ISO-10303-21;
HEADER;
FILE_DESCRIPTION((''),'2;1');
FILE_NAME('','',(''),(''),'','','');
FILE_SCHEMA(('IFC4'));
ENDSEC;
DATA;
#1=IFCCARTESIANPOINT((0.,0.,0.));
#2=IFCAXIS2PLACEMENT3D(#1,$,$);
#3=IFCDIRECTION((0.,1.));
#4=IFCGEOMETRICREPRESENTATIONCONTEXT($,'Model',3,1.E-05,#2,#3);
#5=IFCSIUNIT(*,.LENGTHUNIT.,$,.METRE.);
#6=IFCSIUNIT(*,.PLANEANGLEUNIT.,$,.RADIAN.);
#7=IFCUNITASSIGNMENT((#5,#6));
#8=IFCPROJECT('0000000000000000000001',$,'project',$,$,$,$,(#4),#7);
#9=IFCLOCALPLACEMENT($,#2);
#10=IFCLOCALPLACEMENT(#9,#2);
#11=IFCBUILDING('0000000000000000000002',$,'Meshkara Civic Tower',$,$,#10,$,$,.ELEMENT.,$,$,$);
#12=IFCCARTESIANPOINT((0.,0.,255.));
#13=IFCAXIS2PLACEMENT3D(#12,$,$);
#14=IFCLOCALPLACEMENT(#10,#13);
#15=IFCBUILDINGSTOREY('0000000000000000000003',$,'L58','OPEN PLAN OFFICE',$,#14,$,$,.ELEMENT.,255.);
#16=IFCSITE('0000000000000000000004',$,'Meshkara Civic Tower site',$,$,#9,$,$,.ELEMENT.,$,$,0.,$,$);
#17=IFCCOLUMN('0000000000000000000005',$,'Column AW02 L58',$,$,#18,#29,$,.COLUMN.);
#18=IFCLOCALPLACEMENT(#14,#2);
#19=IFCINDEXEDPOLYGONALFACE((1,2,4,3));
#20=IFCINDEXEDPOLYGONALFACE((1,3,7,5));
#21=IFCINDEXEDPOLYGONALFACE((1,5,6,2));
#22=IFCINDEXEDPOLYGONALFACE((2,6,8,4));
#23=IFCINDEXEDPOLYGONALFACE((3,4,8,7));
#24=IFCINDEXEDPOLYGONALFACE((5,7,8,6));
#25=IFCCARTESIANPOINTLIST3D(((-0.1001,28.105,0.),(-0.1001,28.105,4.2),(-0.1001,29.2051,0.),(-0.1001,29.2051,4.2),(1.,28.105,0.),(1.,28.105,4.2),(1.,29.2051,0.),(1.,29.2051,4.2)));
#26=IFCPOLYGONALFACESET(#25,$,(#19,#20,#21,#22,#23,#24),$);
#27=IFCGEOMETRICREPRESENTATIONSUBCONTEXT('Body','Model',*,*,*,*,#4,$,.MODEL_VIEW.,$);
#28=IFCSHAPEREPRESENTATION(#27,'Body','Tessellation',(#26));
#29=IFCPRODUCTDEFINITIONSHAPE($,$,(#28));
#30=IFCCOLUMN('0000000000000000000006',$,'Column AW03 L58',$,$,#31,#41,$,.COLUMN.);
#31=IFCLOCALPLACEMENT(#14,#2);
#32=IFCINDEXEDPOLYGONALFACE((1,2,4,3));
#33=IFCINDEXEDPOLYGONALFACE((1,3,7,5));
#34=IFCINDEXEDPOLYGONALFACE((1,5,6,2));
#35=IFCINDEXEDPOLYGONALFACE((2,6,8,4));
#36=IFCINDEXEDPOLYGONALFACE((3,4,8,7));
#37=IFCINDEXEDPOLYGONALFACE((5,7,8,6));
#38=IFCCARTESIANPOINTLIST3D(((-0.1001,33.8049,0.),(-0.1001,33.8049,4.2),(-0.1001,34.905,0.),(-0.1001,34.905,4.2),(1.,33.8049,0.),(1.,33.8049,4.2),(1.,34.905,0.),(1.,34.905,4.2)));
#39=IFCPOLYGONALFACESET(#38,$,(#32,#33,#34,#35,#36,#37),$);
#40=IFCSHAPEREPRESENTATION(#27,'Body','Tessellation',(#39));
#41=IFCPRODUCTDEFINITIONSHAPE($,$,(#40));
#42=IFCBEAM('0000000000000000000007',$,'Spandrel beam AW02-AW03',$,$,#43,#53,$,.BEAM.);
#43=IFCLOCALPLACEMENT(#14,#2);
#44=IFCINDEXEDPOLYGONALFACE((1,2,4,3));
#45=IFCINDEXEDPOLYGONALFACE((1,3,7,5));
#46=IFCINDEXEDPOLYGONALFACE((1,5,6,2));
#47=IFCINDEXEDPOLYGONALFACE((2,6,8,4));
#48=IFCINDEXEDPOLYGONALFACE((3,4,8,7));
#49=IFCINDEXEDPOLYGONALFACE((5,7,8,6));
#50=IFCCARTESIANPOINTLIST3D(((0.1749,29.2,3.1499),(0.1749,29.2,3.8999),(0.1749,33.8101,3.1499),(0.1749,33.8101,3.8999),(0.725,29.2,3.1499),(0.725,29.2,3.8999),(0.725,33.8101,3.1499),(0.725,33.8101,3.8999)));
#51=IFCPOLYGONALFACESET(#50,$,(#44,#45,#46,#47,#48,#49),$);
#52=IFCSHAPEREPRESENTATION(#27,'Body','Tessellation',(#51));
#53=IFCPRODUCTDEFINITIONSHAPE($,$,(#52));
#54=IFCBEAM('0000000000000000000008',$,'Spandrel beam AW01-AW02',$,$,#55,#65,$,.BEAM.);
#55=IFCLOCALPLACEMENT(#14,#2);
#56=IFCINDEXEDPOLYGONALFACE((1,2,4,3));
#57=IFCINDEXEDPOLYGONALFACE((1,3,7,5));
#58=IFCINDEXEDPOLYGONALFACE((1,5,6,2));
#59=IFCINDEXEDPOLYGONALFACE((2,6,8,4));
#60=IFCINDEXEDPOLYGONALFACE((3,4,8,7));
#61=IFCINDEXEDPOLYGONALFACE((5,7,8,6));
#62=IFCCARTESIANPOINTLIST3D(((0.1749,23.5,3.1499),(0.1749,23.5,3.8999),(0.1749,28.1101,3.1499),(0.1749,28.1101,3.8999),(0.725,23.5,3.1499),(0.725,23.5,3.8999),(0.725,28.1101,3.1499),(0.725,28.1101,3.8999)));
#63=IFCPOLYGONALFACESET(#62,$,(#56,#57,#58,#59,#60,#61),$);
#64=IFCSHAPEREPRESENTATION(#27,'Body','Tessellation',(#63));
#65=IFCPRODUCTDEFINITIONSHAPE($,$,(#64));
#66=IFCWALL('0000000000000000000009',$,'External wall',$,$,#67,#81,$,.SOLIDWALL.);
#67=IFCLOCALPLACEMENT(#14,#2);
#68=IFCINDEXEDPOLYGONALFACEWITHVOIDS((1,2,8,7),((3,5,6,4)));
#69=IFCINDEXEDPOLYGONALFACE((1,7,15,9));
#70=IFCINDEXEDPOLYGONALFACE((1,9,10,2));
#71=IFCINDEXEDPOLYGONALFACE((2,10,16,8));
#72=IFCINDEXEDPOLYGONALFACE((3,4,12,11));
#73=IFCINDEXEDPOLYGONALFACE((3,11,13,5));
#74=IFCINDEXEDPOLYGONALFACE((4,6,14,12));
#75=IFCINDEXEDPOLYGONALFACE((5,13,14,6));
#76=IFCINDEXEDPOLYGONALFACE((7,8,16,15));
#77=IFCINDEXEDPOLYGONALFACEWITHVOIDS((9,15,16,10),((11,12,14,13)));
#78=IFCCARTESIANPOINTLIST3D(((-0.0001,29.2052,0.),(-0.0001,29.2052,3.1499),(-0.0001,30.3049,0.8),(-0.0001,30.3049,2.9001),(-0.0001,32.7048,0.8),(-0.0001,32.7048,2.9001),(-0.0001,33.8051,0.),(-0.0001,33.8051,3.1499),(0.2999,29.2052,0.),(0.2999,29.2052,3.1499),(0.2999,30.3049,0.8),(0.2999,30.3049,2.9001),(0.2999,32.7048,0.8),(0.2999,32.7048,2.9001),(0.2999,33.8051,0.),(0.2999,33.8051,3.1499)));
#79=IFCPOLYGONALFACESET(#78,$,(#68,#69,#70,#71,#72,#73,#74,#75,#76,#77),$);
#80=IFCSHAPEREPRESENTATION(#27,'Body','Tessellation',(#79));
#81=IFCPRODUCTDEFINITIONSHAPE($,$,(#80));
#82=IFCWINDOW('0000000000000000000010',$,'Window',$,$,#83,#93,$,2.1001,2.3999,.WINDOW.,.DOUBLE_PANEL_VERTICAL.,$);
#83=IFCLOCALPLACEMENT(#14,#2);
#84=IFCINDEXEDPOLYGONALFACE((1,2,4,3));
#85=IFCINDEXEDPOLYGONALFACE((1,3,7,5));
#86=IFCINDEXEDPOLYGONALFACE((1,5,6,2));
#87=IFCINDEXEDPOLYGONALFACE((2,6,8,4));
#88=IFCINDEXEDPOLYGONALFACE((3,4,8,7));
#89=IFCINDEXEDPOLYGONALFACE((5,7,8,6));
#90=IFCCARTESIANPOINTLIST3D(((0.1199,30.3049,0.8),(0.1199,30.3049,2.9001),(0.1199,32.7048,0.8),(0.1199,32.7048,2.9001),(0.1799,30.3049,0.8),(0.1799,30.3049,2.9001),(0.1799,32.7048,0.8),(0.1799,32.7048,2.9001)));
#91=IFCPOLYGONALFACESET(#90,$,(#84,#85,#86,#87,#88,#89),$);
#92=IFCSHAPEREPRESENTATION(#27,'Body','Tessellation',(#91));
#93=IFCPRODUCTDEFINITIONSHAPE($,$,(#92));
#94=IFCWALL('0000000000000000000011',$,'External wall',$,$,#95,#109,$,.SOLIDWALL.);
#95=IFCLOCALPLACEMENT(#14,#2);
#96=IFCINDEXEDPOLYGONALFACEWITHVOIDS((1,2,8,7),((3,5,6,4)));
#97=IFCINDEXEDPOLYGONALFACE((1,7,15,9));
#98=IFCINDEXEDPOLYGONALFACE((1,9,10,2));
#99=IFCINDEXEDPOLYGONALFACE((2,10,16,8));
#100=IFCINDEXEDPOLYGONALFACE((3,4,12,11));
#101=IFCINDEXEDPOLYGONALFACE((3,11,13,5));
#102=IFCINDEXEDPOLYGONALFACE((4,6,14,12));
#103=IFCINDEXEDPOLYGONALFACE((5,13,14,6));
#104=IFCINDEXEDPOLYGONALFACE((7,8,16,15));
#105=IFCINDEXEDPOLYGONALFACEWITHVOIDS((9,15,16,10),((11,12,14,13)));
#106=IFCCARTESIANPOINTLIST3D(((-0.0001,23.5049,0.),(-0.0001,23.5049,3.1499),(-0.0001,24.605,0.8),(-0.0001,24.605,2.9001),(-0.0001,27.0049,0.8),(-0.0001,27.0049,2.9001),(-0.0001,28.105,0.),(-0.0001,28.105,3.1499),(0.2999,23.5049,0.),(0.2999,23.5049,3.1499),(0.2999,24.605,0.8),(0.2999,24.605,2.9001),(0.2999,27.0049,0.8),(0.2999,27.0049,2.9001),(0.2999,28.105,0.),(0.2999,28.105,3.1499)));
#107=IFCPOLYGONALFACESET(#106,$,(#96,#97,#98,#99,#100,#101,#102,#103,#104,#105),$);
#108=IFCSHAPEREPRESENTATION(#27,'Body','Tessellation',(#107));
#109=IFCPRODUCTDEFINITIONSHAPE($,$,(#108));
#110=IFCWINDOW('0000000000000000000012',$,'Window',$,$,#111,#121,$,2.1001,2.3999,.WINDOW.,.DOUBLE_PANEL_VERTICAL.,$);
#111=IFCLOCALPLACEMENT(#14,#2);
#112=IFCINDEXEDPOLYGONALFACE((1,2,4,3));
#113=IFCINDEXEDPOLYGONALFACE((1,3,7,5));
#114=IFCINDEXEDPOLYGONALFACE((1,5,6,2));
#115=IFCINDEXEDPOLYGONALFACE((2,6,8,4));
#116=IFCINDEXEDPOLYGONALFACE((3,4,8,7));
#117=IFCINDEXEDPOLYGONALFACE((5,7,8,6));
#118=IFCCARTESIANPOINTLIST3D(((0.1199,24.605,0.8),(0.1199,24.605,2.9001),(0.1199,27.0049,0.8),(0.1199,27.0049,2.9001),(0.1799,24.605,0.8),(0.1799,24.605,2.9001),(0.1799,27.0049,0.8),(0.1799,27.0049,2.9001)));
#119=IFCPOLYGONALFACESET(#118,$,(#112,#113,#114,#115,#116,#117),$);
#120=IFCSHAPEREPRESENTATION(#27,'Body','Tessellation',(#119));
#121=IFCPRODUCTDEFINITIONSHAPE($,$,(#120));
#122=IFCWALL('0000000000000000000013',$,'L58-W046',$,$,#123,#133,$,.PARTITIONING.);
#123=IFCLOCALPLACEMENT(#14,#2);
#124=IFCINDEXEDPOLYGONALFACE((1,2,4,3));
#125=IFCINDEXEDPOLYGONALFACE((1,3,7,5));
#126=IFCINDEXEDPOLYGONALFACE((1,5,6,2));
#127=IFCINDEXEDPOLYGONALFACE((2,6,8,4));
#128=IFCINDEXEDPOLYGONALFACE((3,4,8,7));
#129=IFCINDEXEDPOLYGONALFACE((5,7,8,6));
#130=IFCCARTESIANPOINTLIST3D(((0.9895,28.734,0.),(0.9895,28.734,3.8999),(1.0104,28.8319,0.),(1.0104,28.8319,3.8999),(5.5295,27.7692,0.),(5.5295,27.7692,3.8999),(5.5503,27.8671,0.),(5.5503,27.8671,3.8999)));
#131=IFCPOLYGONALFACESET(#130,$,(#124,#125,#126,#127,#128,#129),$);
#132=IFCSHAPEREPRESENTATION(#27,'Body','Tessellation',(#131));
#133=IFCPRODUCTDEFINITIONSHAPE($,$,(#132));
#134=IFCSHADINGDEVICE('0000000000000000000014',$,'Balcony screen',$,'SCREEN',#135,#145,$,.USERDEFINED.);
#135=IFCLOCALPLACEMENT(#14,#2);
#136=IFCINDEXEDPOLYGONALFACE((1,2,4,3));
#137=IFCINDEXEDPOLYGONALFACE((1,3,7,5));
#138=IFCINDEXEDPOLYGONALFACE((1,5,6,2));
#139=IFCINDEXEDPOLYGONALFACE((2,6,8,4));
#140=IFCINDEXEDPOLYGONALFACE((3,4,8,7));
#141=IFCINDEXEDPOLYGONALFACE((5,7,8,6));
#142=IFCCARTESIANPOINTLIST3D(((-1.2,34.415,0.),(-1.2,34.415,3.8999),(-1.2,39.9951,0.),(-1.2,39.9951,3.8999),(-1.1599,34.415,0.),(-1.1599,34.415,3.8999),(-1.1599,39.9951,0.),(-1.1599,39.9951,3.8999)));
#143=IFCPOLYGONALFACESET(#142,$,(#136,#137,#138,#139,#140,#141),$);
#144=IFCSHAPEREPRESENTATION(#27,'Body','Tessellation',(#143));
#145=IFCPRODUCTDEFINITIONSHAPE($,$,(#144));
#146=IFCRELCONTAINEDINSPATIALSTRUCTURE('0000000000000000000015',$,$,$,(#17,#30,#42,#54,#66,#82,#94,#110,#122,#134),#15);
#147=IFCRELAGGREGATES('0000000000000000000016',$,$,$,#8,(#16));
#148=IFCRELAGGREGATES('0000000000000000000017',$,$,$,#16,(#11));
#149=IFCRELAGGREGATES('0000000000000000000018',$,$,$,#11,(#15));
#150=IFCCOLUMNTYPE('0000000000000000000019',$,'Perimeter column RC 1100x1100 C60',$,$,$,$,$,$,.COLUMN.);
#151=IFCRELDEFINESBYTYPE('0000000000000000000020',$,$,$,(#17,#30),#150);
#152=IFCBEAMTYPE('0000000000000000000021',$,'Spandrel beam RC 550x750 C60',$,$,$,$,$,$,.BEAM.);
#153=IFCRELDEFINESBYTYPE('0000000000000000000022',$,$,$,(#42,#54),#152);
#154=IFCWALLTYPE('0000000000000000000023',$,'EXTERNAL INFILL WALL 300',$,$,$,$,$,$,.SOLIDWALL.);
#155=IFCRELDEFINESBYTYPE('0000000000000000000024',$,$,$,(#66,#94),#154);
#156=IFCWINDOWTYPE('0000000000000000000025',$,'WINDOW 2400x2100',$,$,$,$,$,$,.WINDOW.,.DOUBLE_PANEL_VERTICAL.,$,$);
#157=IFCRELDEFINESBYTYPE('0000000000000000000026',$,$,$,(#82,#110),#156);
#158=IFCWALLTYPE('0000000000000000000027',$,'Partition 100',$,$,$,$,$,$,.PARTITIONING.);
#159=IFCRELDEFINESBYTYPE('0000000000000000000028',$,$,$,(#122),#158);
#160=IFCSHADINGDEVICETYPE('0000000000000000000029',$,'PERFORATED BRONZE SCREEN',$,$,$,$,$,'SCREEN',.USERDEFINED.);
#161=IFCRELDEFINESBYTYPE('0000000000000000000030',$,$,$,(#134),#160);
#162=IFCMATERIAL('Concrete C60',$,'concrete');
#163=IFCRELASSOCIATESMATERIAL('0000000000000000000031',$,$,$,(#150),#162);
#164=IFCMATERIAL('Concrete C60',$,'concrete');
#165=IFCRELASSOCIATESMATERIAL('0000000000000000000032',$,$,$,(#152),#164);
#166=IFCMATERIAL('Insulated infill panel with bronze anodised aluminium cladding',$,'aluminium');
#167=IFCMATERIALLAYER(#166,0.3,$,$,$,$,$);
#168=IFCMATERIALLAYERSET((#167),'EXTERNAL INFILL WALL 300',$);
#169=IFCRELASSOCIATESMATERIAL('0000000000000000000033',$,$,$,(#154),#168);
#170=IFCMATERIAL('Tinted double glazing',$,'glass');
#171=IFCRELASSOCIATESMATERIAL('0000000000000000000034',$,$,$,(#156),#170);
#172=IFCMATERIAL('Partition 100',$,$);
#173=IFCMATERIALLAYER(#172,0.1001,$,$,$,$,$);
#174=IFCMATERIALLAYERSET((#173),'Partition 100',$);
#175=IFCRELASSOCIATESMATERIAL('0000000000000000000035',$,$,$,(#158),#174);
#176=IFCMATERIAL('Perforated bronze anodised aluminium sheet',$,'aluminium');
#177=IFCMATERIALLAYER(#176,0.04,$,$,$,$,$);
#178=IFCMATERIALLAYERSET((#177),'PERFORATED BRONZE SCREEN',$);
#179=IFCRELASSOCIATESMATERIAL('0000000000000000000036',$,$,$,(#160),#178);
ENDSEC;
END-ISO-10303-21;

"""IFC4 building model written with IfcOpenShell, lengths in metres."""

from ifc_helpers import new_model, si_unit, direction, frame, frame_2d, origin, origin_2d, place, context, subcontext, project, spatial, rectangle, extrude, material, layer, layer_set, material_profile, profile_set, type_object, element, fill, save


model = new_model("IFC4")

# Units and contexts
model_context = context("Model", 3, precision=1e-05, world=origin(), true_north=direction((0.0, 1.0)))
body_context = subcontext(model_context, "Body", "Model", "MODEL_VIEW")
ifc_project = project(units=[si_unit("LENGTHUNIT", "METRE"), si_unit("PLANEANGLEUNIT", "RADIAN")], contexts=[model_context])

# Site, building, storey
site_placement = place(None, origin())
site = spatial("IfcSite", under=ifc_project, at=site_placement, Name="Meshkara Civic Tower site", CompositionType="ELEMENT", RefElevation=0.0)
building_placement = place(site_placement, origin())
building = spatial("IfcBuilding", under=site, at=building_placement, Name="Meshkara Civic Tower", CompositionType="ELEMENT")
storey_placement = place(building_placement, frame((0.0, 0.0, 255.0)))
storey = spatial("IfcBuildingStorey", under=building, at=storey_placement, Name="L58", Description="OPEN PLAN OFFICE", CompositionType="ELEMENT", Elevation=255.0)

# Columns
ifc_material_1 = material(Name="Concrete C60", Category="concrete")
ifc_material_profile_1 = material_profile(ifc_material_1, rectangle(XDim=1.1001, YDim=1.1001, at=origin_2d()))
ifc_profile_set_1 = profile_set([ifc_material_profile_1], Name="Concrete C60")
column_type = type_object("IfcColumnType", Name="Perimeter column RC 1100x1100 C60", PredefinedType="COLUMN", material=ifc_profile_set_1)
for number, where, z_axis, x_axis, name in (
    (1, (0.45, 28.655, 0.0), (0.0, 0.0, 1.0), (1.0, 0.0, 0.0), "Column AW02 L58"),
    (2, (0.45, 34.355, 0.0), (0.0, 0.0, 1.0), (1.0, 0.0, 0.0), "Column AW03 L58"),
):
    element("IfcColumn", number, at=place(storey_placement, frame(where, z_axis=z_axis, x_axis=x_axis)), inside=storey, type_object=column_type, Name=name, PredefinedType="COLUMN", context=body_context, shape_type="SweptSolid", body=[
        extrude(rectangle(XDim=1.1001, YDim=1.1001, at=origin_2d()), origin(), (0.0, 0.0, 1.0), 4.2),
    ])

# Beams
ifc_material_2 = material(Name="Concrete C60", Category="concrete")
ifc_material_profile_2 = material_profile(ifc_material_2, rectangle(XDim=0.55, YDim=0.75, at=origin_2d()))
ifc_profile_set_2 = profile_set([ifc_material_profile_2], Name="Concrete C60")
beam_type = type_object("IfcBeamType", Name="Spandrel beam RC 550x750 C60", PredefinedType="BEAM", material=ifc_profile_set_2)
for number, where, z_axis, x_axis, name in (
    (3, (0.45, 33.8101, 3.5249), (0.0, -1.0, 0.0), (1.0, 0.0, 0.0), "Spandrel beam AW02-AW03"),
    (4, (0.45, 28.1101, 3.5249), (0.0, -1.0, 0.0), (1.0, 0.0, 0.0), "Spandrel beam AW01-AW02"),
):
    element("IfcBeam", number, at=place(storey_placement, frame(where, z_axis=z_axis, x_axis=x_axis)), inside=storey, type_object=beam_type, Name=name, PredefinedType="BEAM", context=body_context, shape_type="SweptSolid", body=[
        extrude(rectangle(XDim=0.55, YDim=0.75, at=origin_2d()), origin(), (0.0, 0.0, 1.0), 4.6101),
    ])

# Walls, openings, windows
ifc_material_3 = material(Name="Insulated infill panel with bronze anodised aluminium cladding", Category="aluminium")
ifc_layer_1 = layer(ifc_material_3, 0.3)
ifc_layer_set_1 = layer_set([ifc_layer_1], Name="EXTERNAL INFILL WALL 300")
wall_type_1 = type_object("IfcWallType", Name="EXTERNAL INFILL WALL 300", PredefinedType="SOLIDWALL", material=ifc_layer_set_1)
wall_1_placement = place(storey_placement, frame((0.1499, 33.8049, 0.0), z_axis=(0.0, 0.0, 1.0), x_axis=(0.0, -1.0, 0.0)))
wall_1 = element("IfcWall", 5, at=wall_1_placement, inside=storey, type_object=wall_type_1, Name="External wall", PredefinedType="SOLIDWALL", context=body_context, shape_type="SweptSolid", body=[
    extrude(rectangle(XDim=4.5999, YDim=0.3, at=frame_2d((2.2998, 0.0))), origin(), (0.0, 0.0, 1.0), 3.1499),
])
opening_1_placement = place(wall_1_placement, frame((1.1001, 0.0, 0.8)))
opening_1 = element("IfcOpeningElement", 6, at=opening_1_placement, cuts=wall_1, PredefinedType="OPENING", context=body_context, shape_type="SweptSolid", body=[
    extrude(rectangle(XDim=2.3999, YDim=2.1001, at=frame_2d((1.2, 1.05))), frame((0.0, 0.1599, 0.0), z_axis=(0.0, -1.0, 0.0), x_axis=(1.0, 0.0, 0.0)), (0.0, 0.0, 1.0), 0.3201),
])
ifc_material_4 = material(Name="Tinted double glazing", Category="glass")
window_type = type_object("IfcWindowType", Name="WINDOW 2400x2100", PartitioningType="DOUBLE_PANEL_VERTICAL", PredefinedType="WINDOW", material=ifc_material_4)
window_1_placement = place(opening_1_placement, origin())
window_1 = element("IfcWindow", 7, at=window_1_placement, inside=storey, type_object=window_type, Name="Window", OverallHeight=2.1001, OverallWidth=2.3999, PartitioningType="DOUBLE_PANEL_VERTICAL", PredefinedType="WINDOW", context=body_context, shape_type="SweptSolid", body=[
    extrude(rectangle(XDim=2.3999, YDim=2.1001, at=frame_2d((1.2, 1.05))), frame((0.0, 0.03, 0.0), z_axis=(0.0, -1.0, 0.0), x_axis=(1.0, 0.0, 0.0)), (0.0, 0.0, 1.0), 0.0601),
])
fill(opening_1, window_1)
wall_2_placement = place(storey_placement, frame((0.1499, 28.105, 0.0), z_axis=(0.0, 0.0, 1.0), x_axis=(0.0, -1.0, 0.0)))
wall_2 = element("IfcWall", 8, at=wall_2_placement, inside=storey, type_object=wall_type_1, Name="External wall", PredefinedType="SOLIDWALL", context=body_context, shape_type="SweptSolid", body=[
    extrude(rectangle(XDim=4.6001, YDim=0.3, at=frame_2d((2.3, 0.0))), origin(), (0.0, 0.0, 1.0), 3.1499),
])
opening_2_placement = place(wall_2_placement, frame((1.1001, 0.0, 0.8)))
opening_2 = element("IfcOpeningElement", 9, at=opening_2_placement, cuts=wall_2, PredefinedType="OPENING", context=body_context, shape_type="SweptSolid", body=[
    extrude(rectangle(XDim=2.3999, YDim=2.1001, at=frame_2d((1.2, 1.05))), frame((0.0, 0.1599, 0.0), z_axis=(0.0, -1.0, 0.0), x_axis=(1.0, 0.0, 0.0)), (0.0, 0.0, 1.0), 0.3201),
])
window_2_placement = place(opening_2_placement, origin())
window_2 = element("IfcWindow", 10, at=window_2_placement, inside=storey, type_object=window_type, Name="Window", OverallHeight=2.1001, OverallWidth=2.3999, PartitioningType="DOUBLE_PANEL_VERTICAL", PredefinedType="WINDOW", context=body_context, shape_type="SweptSolid", body=[
    extrude(rectangle(XDim=2.3999, YDim=2.1001, at=frame_2d((1.2, 1.05))), frame((0.0, 0.03, 0.0), z_axis=(0.0, -1.0, 0.0), x_axis=(1.0, 0.0, 0.0)), (0.0, 0.0, 1.0), 0.0601),
])
fill(opening_2, window_2)

# Wall
ifc_material_5 = material(Name="Partition 100")
ifc_layer_2 = layer(ifc_material_5, 0.1001)
ifc_layer_set_2 = layer_set([ifc_layer_2], Name="Partition 100")
wall_type_2 = type_object("IfcWallType", Name="Partition 100", PredefinedType="PARTITIONING", material=ifc_layer_set_2)
wall_3_placement = place(storey_placement, frame((5.54, 27.8181, 0.0), z_axis=(0.0, 0.0, 1.0), x_axis=(-0.978155, 0.207876, 0.0)))
element("IfcWall", 11, at=wall_3_placement, inside=storey, type_object=wall_type_2, Name="L58-W046", PredefinedType="PARTITIONING", context=body_context, shape_type="SweptSolid", body=[
    extrude(rectangle(XDim=4.6414, YDim=0.1001, at=frame_2d((2.3208, 0.0))), origin(), (0.0, 0.0, 1.0), 3.8999),
])

# Shading device
ifc_material_6 = material(Name="Perforated bronze anodised aluminium sheet", Category="aluminium")
ifc_layer_3 = layer(ifc_material_6, 0.04)
ifc_layer_set_3 = layer_set([ifc_layer_3], Name="PERFORATED BRONZE SCREEN")
shading_device_type = type_object("IfcShadingDeviceType", Name="PERFORATED BRONZE SCREEN", ElementType="SCREEN", PredefinedType="USERDEFINED", material=ifc_layer_set_3)
shading_device_placement = place(storey_placement, frame((-1.1799, 37.2051, 0.0), z_axis=(0.0, 0.0, 1.0), x_axis=(0.0, -1.0, 0.0)))
element("IfcShadingDevice", 12, at=shading_device_placement, inside=storey, type_object=shading_device_type, Name="Balcony screen", ObjectType="SCREEN", PredefinedType="USERDEFINED", context=body_context, shape_type="SweptSolid", body=[
    extrude(rectangle(XDim=5.5801, YDim=0.04, at=origin_2d()), origin(), (0.0, 0.0, 1.0), 3.8999),
])

save(model, "model.ifc")
